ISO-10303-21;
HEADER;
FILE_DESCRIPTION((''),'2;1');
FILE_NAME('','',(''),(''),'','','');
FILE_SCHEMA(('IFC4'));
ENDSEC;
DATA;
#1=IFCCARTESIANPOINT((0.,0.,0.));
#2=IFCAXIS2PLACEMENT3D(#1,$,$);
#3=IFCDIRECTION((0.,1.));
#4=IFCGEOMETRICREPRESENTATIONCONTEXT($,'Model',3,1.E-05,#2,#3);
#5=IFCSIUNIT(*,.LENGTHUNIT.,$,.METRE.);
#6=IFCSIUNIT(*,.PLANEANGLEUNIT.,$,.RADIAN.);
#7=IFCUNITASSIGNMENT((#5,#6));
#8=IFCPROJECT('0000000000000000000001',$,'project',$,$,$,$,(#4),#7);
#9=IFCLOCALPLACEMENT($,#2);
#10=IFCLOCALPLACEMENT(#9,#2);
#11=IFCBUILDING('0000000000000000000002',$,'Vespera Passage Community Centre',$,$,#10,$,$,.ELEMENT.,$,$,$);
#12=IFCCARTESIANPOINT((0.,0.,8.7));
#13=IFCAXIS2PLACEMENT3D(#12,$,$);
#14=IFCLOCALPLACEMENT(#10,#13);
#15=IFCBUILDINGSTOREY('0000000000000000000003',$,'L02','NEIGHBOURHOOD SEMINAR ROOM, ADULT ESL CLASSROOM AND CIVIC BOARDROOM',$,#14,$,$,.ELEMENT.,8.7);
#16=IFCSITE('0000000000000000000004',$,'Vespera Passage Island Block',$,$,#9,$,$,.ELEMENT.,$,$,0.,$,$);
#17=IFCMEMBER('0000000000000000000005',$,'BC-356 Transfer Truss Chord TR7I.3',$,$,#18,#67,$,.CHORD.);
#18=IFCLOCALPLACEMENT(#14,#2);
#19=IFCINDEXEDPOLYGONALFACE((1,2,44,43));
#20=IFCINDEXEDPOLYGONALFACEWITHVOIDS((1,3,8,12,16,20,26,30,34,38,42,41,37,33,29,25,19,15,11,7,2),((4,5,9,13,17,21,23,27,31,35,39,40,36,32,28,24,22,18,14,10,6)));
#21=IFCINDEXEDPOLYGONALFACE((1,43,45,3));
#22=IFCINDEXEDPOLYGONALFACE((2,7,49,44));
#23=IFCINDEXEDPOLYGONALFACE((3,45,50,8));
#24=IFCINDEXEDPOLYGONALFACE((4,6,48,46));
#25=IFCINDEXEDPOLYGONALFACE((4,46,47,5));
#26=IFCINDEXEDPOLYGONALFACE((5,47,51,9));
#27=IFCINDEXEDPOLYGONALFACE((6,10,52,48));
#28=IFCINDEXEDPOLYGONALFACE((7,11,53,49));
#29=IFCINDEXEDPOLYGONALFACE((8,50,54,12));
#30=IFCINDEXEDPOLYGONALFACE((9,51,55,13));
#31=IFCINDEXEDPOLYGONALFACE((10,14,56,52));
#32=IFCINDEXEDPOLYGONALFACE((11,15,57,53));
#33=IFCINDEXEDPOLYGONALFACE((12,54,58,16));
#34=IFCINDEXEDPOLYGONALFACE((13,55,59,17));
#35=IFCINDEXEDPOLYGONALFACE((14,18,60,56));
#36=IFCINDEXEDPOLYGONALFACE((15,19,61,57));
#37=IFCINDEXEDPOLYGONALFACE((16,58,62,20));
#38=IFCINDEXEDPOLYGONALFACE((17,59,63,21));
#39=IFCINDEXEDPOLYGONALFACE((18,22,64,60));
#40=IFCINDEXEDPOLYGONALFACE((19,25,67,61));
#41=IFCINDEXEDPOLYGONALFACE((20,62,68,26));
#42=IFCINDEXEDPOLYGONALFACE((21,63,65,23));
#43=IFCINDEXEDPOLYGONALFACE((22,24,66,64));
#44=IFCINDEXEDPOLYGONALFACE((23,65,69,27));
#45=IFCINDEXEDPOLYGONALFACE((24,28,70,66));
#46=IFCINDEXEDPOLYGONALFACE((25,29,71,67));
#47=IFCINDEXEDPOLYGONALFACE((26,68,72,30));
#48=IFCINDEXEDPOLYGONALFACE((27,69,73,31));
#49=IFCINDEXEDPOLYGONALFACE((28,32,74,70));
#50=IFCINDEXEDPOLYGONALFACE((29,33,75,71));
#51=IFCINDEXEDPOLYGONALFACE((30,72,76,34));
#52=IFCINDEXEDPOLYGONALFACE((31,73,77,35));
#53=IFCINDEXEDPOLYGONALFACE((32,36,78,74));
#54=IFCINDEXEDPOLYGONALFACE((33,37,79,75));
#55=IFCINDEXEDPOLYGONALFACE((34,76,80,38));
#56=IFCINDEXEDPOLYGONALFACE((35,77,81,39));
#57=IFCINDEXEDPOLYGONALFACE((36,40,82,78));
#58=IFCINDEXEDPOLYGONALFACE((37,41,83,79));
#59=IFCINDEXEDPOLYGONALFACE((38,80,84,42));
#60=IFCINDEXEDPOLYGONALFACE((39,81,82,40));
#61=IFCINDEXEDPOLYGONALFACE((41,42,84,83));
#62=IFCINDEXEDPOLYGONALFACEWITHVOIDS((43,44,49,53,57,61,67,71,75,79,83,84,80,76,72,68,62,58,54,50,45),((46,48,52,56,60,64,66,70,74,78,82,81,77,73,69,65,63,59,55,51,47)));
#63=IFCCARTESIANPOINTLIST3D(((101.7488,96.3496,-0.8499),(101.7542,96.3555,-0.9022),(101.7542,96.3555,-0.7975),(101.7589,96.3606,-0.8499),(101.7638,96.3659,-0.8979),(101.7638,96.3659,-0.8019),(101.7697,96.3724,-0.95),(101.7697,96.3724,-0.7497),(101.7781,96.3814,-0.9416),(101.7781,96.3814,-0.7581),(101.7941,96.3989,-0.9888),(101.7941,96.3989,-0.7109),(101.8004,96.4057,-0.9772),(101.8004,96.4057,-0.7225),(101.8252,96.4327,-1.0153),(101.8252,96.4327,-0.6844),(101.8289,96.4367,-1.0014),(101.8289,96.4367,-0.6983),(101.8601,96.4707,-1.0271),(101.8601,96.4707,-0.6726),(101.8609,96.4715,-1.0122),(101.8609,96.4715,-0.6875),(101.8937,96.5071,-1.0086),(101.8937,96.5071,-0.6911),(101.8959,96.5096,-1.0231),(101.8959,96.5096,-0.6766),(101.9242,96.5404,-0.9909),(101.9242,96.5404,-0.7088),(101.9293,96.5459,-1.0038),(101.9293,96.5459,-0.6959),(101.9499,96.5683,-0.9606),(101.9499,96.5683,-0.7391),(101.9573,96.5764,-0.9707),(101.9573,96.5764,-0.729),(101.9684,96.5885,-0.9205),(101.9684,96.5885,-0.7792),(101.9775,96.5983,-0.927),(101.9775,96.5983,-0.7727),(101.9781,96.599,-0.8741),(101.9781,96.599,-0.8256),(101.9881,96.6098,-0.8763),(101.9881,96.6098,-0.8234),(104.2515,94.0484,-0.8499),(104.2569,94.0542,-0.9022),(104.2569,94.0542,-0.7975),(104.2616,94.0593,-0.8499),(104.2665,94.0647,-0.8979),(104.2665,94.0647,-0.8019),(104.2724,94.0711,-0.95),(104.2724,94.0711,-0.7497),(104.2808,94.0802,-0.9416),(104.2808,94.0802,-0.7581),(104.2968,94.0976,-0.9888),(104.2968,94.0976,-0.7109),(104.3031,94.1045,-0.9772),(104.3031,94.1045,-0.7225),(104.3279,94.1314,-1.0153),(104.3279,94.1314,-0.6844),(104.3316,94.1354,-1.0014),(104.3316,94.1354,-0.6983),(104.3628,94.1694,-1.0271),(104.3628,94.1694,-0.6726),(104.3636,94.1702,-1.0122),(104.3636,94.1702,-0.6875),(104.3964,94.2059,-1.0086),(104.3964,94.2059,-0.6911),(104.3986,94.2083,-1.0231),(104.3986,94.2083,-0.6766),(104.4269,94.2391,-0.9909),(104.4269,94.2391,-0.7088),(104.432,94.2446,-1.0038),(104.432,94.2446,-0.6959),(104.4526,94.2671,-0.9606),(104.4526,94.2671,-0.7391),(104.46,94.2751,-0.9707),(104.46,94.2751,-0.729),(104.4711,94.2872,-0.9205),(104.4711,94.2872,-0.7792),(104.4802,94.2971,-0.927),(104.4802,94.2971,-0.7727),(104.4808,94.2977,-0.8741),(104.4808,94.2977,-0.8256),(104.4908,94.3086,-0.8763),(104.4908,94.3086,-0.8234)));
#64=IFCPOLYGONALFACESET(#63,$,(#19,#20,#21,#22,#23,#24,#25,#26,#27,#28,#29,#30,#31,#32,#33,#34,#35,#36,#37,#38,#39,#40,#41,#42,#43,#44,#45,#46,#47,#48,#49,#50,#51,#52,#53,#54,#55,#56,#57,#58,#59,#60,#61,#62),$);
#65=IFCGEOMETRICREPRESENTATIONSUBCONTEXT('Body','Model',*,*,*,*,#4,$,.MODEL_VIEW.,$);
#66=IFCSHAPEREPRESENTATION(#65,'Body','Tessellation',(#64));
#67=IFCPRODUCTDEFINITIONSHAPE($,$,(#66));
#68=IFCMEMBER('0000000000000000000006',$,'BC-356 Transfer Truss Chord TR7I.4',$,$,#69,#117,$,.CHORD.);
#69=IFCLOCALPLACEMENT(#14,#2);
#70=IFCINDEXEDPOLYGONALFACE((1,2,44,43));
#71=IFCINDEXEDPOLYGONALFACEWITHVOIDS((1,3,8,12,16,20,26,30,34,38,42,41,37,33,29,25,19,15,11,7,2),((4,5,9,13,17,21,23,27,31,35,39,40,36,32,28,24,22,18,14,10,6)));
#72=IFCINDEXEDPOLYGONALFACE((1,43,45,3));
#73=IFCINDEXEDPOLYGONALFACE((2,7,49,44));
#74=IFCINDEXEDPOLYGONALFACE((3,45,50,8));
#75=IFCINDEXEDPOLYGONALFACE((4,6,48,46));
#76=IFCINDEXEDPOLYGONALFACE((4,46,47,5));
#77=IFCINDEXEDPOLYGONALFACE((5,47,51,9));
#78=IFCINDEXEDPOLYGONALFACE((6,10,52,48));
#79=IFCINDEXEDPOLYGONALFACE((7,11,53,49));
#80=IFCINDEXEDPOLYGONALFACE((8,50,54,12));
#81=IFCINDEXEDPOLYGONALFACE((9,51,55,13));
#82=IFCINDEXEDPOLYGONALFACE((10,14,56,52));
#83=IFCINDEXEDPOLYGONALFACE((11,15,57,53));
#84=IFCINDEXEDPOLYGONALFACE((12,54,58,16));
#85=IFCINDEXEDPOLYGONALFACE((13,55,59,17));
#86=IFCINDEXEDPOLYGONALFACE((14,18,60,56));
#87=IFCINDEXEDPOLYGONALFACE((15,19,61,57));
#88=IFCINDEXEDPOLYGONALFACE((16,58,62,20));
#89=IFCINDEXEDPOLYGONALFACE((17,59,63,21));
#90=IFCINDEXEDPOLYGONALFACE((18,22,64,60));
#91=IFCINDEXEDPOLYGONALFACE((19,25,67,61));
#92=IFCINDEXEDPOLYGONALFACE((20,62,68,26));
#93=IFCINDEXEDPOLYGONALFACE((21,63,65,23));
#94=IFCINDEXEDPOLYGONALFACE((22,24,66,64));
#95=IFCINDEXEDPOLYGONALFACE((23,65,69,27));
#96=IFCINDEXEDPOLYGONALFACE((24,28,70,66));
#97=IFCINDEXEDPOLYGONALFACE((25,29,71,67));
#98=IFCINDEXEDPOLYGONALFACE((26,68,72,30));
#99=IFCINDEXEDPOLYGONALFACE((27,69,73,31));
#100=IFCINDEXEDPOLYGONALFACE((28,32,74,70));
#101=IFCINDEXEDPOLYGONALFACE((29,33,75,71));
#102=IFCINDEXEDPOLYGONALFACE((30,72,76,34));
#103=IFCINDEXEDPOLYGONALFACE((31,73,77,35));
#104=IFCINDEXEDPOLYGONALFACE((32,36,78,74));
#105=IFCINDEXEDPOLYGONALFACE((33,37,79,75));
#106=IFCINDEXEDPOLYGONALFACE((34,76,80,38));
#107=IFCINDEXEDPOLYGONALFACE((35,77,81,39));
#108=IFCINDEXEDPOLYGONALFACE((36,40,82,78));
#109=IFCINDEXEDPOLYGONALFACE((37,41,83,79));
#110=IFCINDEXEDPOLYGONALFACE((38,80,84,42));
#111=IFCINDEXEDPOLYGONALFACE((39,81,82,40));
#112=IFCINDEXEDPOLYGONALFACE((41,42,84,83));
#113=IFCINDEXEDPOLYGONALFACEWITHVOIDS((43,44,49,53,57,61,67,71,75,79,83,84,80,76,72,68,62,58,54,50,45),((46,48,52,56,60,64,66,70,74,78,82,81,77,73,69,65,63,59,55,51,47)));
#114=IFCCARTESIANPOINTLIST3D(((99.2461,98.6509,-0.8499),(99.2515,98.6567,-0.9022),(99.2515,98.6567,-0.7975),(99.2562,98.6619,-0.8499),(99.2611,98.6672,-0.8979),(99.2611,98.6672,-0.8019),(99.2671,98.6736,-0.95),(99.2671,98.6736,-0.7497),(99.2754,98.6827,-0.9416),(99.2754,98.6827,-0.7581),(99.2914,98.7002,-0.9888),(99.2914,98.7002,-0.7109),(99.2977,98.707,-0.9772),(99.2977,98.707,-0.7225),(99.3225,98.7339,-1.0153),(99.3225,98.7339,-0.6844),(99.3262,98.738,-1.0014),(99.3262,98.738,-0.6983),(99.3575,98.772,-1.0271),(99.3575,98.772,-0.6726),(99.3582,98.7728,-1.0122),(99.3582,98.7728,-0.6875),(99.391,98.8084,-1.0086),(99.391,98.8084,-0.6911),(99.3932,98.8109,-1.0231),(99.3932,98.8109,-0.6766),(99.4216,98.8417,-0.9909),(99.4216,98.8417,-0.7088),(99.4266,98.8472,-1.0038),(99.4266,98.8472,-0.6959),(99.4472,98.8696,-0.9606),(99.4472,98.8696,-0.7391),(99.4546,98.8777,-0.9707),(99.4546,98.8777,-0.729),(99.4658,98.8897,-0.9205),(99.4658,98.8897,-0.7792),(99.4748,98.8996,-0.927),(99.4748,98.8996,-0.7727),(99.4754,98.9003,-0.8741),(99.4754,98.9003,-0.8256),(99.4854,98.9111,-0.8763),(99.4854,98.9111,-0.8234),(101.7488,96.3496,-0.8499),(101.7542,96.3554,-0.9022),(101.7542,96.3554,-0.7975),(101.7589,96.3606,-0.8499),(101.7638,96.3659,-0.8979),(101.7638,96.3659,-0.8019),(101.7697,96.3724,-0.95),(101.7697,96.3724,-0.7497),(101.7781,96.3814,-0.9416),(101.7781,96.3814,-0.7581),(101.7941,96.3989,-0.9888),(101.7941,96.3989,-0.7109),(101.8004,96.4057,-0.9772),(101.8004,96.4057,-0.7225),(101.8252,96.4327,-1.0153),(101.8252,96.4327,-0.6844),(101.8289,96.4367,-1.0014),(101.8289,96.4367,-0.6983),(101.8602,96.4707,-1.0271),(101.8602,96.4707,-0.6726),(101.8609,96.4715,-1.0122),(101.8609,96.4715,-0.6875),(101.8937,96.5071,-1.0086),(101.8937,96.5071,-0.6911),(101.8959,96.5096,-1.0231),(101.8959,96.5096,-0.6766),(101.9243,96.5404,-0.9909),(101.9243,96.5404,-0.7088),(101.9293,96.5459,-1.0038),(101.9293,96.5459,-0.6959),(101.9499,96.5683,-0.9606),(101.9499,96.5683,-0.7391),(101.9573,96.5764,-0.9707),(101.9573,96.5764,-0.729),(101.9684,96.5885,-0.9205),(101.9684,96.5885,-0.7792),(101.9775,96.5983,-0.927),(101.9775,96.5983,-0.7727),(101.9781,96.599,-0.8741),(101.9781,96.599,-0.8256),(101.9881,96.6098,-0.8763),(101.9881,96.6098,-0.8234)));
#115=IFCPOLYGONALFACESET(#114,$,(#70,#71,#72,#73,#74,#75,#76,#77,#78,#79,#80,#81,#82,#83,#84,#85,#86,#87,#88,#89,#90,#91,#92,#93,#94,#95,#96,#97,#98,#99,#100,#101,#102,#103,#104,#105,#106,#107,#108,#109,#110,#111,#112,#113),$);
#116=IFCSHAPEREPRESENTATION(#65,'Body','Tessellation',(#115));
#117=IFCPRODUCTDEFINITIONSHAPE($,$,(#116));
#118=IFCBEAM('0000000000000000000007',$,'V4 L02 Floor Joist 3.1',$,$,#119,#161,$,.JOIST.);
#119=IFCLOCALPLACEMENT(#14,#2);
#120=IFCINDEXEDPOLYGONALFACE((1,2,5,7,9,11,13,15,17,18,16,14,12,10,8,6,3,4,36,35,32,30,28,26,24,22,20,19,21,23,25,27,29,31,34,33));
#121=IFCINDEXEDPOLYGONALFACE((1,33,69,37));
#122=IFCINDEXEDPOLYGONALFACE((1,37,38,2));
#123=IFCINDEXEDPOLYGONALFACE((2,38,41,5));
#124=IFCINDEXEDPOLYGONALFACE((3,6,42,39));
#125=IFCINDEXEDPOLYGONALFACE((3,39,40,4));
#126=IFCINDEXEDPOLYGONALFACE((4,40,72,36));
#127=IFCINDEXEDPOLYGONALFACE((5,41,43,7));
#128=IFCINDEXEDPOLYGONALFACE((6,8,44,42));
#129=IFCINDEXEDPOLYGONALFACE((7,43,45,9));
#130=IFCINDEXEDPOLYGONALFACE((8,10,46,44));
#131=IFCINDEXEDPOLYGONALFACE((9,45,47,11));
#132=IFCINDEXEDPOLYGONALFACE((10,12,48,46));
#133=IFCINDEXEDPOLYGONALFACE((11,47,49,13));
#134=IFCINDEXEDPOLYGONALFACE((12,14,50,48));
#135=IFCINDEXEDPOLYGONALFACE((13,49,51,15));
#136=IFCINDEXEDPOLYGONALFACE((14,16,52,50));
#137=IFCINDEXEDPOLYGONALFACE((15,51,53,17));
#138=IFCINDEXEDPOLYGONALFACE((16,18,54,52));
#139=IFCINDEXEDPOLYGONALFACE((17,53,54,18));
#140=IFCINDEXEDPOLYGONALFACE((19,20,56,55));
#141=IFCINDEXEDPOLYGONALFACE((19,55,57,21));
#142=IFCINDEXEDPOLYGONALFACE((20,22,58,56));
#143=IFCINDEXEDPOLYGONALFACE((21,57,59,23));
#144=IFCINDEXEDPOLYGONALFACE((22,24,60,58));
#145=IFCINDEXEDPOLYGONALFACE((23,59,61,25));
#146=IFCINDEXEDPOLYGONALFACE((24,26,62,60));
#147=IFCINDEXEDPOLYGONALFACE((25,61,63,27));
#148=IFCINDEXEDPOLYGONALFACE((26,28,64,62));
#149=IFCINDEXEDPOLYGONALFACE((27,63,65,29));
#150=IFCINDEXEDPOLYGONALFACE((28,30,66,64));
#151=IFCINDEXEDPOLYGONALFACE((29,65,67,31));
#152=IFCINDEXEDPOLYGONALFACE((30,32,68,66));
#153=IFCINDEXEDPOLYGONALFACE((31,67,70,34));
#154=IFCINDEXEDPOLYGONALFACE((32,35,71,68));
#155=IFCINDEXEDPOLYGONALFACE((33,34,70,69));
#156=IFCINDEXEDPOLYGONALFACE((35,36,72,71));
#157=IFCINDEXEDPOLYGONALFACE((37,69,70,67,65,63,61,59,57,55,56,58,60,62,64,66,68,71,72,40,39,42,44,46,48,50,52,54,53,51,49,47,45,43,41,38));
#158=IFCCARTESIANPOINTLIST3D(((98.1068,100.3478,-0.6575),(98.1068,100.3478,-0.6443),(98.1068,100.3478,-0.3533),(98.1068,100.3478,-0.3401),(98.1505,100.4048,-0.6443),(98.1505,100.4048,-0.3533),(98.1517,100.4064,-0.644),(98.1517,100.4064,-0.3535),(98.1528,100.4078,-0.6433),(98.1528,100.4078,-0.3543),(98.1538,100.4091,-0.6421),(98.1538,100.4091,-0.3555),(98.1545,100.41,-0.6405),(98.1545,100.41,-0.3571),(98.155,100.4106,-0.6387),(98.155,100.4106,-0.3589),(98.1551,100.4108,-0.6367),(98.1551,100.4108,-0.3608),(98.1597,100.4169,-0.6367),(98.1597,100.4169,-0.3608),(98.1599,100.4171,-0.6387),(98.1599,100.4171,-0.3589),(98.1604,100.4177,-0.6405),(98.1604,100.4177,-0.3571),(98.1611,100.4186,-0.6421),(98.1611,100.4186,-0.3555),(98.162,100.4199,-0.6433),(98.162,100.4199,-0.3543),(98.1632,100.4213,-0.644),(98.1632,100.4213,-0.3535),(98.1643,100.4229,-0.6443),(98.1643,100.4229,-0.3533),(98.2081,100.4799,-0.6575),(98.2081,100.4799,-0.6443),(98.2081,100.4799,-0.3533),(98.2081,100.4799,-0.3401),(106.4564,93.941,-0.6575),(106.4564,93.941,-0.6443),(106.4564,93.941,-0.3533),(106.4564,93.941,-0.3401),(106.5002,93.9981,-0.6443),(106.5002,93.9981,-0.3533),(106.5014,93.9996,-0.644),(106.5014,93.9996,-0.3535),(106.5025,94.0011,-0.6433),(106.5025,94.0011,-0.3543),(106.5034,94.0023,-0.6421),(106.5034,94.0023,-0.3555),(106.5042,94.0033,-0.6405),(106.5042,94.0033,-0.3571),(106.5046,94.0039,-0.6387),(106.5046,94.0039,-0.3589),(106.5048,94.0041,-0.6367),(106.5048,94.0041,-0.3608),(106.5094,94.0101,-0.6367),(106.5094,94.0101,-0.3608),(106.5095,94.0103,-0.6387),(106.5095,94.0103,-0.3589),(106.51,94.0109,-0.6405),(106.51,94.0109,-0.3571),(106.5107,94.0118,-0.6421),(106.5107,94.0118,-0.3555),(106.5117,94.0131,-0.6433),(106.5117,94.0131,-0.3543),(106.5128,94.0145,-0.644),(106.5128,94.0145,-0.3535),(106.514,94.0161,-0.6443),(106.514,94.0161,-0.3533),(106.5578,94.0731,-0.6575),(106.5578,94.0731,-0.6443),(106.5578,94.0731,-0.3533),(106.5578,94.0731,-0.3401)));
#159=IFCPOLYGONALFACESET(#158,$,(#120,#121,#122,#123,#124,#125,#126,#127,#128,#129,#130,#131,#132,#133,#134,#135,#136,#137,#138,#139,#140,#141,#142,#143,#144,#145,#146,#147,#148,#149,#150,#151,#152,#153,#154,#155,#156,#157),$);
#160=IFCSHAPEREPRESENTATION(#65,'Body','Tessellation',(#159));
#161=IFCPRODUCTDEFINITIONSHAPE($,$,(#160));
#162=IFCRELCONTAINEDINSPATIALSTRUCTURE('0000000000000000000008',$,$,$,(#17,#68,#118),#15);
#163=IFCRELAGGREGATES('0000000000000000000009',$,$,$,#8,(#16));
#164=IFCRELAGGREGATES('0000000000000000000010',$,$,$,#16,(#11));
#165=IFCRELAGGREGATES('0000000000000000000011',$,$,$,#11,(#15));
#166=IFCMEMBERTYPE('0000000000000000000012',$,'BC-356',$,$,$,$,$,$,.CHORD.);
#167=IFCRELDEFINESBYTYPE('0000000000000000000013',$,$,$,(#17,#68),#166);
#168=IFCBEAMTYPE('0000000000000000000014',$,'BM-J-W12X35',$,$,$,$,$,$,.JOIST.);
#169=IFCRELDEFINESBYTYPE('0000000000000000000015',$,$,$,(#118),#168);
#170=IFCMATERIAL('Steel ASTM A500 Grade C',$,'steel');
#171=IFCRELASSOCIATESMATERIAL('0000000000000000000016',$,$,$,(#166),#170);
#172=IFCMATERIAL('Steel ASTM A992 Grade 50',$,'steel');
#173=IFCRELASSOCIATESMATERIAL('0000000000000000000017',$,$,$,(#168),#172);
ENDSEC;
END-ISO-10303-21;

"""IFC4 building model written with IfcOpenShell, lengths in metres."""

from ifc_helpers import new_model, si_unit, direction, frame, origin, origin_2d, place, context, subcontext, project, spatial, hollow_circle, i_section, extrude, material, material_profile, profile_set, type_object, element, save


model = new_model("IFC4")

# Units and contexts
model_context = context("Model", 3, precision=1e-05, world=origin(), true_north=direction((0.0, 1.0)))
body_context = subcontext(model_context, "Body", "Model", "MODEL_VIEW")
ifc_project = project(units=[si_unit("LENGTHUNIT", "METRE"), si_unit("PLANEANGLEUNIT", "RADIAN")], contexts=[model_context])

# Site, building, storey
site_placement = place(None, origin())
site = spatial("IfcSite", under=ifc_project, at=site_placement, Name="Vespera Passage Island Block", CompositionType="ELEMENT", RefElevation=0.0)
building_placement = place(site_placement, origin())
building = spatial("IfcBuilding", under=site, at=building_placement, Name="Vespera Passage Community Centre", CompositionType="ELEMENT")
storey_placement = place(building_placement, frame((0.0, 0.0, 8.7)))
storey = spatial("IfcBuildingStorey", under=building, at=storey_placement, Name="L02", Description="NEIGHBOURHOOD SEMINAR ROOM, ADULT ESL CLASSROOM AND CIVIC BOARDROOM", CompositionType="ELEMENT", Elevation=8.7)

# Members
ifc_material_1 = material(Name="Steel ASTM A500 Grade C", Category="steel")
ifc_material_profile_1 = material_profile(ifc_material_1, hollow_circle(Radius=0.1777, WallThickness=0.0149, at=origin_2d()), Name="CHS356X15.9")
ifc_profile_set_1 = profile_set([ifc_material_profile_1], Name="Steel ASTM A500 Grade C")
member_type_1 = type_object("IfcMemberType", Name="BC-356", PredefinedType="CHORD", material=ifc_profile_set_1)
for number, where, z_axis, x_axis, name in (
    (1, (104.3718, 94.1792, -0.8499), (-0.736107, 0.676865, 0.0), (-0.676865, -0.736107, 0.0), "BC-356 Transfer Truss Chord TR7I.3"),
    (2, (101.8691, 96.4805, -0.8499), (-0.736107, 0.676865, 0.0), (-0.676865, -0.736107, 0.0), "BC-356 Transfer Truss Chord TR7I.4"),
):
    element("IfcMember", number, at=place(storey_placement, frame(where, z_axis=z_axis, x_axis=x_axis)), inside=storey, type_object=member_type_1, Name=name, PredefinedType="CHORD", context=body_context, shape_type="SweptSolid", body=[
        extrude(hollow_circle(Radius=0.1777, WallThickness=0.0149, at=origin_2d()), origin(), (0.0, 0.0, 1.0), 3.3999),
    ])

# Beam
ifc_material_2 = material(Name="Steel ASTM A992 Grade 50", Category="steel")
ifc_material_profile_2 = material_profile(ifc_material_2, i_section(OverallWidth=0.1665, OverallDepth=0.3174, WebThickness=0.0076, FlangeThickness=0.0132, FilletRadius=0.0076, at=origin_2d()), Name="W12X35")
ifc_profile_set_2 = profile_set([ifc_material_profile_2], Name="Steel ASTM A992 Grade 50")
beam_type_1 = type_object("IfcBeamType", Name="BM-J-W12X35", PredefinedType="JOIST", material=ifc_profile_set_2)
beam_1_placement = place(storey_placement, frame((106.5071, 94.0071, -0.4988), z_axis=(-0.79336, 0.608753, 0.0), x_axis=(-0.608753, -0.79336, 0.0)))
element("IfcBeam", 3, at=beam_1_placement, inside=storey, type_object=beam_type_1, Name="V4 L02 Floor Joist 3.1", PredefinedType="JOIST", context=body_context, shape_type="SweptSolid", body=[
    extrude(i_section(OverallWidth=0.1665, OverallDepth=0.3174, WebThickness=0.0076, FlangeThickness=0.0132, FilletRadius=0.0076, at=origin_2d()), origin(), (0.0, 0.0, 1.0), 10.5244),
])

save(model, "model.ifc")
